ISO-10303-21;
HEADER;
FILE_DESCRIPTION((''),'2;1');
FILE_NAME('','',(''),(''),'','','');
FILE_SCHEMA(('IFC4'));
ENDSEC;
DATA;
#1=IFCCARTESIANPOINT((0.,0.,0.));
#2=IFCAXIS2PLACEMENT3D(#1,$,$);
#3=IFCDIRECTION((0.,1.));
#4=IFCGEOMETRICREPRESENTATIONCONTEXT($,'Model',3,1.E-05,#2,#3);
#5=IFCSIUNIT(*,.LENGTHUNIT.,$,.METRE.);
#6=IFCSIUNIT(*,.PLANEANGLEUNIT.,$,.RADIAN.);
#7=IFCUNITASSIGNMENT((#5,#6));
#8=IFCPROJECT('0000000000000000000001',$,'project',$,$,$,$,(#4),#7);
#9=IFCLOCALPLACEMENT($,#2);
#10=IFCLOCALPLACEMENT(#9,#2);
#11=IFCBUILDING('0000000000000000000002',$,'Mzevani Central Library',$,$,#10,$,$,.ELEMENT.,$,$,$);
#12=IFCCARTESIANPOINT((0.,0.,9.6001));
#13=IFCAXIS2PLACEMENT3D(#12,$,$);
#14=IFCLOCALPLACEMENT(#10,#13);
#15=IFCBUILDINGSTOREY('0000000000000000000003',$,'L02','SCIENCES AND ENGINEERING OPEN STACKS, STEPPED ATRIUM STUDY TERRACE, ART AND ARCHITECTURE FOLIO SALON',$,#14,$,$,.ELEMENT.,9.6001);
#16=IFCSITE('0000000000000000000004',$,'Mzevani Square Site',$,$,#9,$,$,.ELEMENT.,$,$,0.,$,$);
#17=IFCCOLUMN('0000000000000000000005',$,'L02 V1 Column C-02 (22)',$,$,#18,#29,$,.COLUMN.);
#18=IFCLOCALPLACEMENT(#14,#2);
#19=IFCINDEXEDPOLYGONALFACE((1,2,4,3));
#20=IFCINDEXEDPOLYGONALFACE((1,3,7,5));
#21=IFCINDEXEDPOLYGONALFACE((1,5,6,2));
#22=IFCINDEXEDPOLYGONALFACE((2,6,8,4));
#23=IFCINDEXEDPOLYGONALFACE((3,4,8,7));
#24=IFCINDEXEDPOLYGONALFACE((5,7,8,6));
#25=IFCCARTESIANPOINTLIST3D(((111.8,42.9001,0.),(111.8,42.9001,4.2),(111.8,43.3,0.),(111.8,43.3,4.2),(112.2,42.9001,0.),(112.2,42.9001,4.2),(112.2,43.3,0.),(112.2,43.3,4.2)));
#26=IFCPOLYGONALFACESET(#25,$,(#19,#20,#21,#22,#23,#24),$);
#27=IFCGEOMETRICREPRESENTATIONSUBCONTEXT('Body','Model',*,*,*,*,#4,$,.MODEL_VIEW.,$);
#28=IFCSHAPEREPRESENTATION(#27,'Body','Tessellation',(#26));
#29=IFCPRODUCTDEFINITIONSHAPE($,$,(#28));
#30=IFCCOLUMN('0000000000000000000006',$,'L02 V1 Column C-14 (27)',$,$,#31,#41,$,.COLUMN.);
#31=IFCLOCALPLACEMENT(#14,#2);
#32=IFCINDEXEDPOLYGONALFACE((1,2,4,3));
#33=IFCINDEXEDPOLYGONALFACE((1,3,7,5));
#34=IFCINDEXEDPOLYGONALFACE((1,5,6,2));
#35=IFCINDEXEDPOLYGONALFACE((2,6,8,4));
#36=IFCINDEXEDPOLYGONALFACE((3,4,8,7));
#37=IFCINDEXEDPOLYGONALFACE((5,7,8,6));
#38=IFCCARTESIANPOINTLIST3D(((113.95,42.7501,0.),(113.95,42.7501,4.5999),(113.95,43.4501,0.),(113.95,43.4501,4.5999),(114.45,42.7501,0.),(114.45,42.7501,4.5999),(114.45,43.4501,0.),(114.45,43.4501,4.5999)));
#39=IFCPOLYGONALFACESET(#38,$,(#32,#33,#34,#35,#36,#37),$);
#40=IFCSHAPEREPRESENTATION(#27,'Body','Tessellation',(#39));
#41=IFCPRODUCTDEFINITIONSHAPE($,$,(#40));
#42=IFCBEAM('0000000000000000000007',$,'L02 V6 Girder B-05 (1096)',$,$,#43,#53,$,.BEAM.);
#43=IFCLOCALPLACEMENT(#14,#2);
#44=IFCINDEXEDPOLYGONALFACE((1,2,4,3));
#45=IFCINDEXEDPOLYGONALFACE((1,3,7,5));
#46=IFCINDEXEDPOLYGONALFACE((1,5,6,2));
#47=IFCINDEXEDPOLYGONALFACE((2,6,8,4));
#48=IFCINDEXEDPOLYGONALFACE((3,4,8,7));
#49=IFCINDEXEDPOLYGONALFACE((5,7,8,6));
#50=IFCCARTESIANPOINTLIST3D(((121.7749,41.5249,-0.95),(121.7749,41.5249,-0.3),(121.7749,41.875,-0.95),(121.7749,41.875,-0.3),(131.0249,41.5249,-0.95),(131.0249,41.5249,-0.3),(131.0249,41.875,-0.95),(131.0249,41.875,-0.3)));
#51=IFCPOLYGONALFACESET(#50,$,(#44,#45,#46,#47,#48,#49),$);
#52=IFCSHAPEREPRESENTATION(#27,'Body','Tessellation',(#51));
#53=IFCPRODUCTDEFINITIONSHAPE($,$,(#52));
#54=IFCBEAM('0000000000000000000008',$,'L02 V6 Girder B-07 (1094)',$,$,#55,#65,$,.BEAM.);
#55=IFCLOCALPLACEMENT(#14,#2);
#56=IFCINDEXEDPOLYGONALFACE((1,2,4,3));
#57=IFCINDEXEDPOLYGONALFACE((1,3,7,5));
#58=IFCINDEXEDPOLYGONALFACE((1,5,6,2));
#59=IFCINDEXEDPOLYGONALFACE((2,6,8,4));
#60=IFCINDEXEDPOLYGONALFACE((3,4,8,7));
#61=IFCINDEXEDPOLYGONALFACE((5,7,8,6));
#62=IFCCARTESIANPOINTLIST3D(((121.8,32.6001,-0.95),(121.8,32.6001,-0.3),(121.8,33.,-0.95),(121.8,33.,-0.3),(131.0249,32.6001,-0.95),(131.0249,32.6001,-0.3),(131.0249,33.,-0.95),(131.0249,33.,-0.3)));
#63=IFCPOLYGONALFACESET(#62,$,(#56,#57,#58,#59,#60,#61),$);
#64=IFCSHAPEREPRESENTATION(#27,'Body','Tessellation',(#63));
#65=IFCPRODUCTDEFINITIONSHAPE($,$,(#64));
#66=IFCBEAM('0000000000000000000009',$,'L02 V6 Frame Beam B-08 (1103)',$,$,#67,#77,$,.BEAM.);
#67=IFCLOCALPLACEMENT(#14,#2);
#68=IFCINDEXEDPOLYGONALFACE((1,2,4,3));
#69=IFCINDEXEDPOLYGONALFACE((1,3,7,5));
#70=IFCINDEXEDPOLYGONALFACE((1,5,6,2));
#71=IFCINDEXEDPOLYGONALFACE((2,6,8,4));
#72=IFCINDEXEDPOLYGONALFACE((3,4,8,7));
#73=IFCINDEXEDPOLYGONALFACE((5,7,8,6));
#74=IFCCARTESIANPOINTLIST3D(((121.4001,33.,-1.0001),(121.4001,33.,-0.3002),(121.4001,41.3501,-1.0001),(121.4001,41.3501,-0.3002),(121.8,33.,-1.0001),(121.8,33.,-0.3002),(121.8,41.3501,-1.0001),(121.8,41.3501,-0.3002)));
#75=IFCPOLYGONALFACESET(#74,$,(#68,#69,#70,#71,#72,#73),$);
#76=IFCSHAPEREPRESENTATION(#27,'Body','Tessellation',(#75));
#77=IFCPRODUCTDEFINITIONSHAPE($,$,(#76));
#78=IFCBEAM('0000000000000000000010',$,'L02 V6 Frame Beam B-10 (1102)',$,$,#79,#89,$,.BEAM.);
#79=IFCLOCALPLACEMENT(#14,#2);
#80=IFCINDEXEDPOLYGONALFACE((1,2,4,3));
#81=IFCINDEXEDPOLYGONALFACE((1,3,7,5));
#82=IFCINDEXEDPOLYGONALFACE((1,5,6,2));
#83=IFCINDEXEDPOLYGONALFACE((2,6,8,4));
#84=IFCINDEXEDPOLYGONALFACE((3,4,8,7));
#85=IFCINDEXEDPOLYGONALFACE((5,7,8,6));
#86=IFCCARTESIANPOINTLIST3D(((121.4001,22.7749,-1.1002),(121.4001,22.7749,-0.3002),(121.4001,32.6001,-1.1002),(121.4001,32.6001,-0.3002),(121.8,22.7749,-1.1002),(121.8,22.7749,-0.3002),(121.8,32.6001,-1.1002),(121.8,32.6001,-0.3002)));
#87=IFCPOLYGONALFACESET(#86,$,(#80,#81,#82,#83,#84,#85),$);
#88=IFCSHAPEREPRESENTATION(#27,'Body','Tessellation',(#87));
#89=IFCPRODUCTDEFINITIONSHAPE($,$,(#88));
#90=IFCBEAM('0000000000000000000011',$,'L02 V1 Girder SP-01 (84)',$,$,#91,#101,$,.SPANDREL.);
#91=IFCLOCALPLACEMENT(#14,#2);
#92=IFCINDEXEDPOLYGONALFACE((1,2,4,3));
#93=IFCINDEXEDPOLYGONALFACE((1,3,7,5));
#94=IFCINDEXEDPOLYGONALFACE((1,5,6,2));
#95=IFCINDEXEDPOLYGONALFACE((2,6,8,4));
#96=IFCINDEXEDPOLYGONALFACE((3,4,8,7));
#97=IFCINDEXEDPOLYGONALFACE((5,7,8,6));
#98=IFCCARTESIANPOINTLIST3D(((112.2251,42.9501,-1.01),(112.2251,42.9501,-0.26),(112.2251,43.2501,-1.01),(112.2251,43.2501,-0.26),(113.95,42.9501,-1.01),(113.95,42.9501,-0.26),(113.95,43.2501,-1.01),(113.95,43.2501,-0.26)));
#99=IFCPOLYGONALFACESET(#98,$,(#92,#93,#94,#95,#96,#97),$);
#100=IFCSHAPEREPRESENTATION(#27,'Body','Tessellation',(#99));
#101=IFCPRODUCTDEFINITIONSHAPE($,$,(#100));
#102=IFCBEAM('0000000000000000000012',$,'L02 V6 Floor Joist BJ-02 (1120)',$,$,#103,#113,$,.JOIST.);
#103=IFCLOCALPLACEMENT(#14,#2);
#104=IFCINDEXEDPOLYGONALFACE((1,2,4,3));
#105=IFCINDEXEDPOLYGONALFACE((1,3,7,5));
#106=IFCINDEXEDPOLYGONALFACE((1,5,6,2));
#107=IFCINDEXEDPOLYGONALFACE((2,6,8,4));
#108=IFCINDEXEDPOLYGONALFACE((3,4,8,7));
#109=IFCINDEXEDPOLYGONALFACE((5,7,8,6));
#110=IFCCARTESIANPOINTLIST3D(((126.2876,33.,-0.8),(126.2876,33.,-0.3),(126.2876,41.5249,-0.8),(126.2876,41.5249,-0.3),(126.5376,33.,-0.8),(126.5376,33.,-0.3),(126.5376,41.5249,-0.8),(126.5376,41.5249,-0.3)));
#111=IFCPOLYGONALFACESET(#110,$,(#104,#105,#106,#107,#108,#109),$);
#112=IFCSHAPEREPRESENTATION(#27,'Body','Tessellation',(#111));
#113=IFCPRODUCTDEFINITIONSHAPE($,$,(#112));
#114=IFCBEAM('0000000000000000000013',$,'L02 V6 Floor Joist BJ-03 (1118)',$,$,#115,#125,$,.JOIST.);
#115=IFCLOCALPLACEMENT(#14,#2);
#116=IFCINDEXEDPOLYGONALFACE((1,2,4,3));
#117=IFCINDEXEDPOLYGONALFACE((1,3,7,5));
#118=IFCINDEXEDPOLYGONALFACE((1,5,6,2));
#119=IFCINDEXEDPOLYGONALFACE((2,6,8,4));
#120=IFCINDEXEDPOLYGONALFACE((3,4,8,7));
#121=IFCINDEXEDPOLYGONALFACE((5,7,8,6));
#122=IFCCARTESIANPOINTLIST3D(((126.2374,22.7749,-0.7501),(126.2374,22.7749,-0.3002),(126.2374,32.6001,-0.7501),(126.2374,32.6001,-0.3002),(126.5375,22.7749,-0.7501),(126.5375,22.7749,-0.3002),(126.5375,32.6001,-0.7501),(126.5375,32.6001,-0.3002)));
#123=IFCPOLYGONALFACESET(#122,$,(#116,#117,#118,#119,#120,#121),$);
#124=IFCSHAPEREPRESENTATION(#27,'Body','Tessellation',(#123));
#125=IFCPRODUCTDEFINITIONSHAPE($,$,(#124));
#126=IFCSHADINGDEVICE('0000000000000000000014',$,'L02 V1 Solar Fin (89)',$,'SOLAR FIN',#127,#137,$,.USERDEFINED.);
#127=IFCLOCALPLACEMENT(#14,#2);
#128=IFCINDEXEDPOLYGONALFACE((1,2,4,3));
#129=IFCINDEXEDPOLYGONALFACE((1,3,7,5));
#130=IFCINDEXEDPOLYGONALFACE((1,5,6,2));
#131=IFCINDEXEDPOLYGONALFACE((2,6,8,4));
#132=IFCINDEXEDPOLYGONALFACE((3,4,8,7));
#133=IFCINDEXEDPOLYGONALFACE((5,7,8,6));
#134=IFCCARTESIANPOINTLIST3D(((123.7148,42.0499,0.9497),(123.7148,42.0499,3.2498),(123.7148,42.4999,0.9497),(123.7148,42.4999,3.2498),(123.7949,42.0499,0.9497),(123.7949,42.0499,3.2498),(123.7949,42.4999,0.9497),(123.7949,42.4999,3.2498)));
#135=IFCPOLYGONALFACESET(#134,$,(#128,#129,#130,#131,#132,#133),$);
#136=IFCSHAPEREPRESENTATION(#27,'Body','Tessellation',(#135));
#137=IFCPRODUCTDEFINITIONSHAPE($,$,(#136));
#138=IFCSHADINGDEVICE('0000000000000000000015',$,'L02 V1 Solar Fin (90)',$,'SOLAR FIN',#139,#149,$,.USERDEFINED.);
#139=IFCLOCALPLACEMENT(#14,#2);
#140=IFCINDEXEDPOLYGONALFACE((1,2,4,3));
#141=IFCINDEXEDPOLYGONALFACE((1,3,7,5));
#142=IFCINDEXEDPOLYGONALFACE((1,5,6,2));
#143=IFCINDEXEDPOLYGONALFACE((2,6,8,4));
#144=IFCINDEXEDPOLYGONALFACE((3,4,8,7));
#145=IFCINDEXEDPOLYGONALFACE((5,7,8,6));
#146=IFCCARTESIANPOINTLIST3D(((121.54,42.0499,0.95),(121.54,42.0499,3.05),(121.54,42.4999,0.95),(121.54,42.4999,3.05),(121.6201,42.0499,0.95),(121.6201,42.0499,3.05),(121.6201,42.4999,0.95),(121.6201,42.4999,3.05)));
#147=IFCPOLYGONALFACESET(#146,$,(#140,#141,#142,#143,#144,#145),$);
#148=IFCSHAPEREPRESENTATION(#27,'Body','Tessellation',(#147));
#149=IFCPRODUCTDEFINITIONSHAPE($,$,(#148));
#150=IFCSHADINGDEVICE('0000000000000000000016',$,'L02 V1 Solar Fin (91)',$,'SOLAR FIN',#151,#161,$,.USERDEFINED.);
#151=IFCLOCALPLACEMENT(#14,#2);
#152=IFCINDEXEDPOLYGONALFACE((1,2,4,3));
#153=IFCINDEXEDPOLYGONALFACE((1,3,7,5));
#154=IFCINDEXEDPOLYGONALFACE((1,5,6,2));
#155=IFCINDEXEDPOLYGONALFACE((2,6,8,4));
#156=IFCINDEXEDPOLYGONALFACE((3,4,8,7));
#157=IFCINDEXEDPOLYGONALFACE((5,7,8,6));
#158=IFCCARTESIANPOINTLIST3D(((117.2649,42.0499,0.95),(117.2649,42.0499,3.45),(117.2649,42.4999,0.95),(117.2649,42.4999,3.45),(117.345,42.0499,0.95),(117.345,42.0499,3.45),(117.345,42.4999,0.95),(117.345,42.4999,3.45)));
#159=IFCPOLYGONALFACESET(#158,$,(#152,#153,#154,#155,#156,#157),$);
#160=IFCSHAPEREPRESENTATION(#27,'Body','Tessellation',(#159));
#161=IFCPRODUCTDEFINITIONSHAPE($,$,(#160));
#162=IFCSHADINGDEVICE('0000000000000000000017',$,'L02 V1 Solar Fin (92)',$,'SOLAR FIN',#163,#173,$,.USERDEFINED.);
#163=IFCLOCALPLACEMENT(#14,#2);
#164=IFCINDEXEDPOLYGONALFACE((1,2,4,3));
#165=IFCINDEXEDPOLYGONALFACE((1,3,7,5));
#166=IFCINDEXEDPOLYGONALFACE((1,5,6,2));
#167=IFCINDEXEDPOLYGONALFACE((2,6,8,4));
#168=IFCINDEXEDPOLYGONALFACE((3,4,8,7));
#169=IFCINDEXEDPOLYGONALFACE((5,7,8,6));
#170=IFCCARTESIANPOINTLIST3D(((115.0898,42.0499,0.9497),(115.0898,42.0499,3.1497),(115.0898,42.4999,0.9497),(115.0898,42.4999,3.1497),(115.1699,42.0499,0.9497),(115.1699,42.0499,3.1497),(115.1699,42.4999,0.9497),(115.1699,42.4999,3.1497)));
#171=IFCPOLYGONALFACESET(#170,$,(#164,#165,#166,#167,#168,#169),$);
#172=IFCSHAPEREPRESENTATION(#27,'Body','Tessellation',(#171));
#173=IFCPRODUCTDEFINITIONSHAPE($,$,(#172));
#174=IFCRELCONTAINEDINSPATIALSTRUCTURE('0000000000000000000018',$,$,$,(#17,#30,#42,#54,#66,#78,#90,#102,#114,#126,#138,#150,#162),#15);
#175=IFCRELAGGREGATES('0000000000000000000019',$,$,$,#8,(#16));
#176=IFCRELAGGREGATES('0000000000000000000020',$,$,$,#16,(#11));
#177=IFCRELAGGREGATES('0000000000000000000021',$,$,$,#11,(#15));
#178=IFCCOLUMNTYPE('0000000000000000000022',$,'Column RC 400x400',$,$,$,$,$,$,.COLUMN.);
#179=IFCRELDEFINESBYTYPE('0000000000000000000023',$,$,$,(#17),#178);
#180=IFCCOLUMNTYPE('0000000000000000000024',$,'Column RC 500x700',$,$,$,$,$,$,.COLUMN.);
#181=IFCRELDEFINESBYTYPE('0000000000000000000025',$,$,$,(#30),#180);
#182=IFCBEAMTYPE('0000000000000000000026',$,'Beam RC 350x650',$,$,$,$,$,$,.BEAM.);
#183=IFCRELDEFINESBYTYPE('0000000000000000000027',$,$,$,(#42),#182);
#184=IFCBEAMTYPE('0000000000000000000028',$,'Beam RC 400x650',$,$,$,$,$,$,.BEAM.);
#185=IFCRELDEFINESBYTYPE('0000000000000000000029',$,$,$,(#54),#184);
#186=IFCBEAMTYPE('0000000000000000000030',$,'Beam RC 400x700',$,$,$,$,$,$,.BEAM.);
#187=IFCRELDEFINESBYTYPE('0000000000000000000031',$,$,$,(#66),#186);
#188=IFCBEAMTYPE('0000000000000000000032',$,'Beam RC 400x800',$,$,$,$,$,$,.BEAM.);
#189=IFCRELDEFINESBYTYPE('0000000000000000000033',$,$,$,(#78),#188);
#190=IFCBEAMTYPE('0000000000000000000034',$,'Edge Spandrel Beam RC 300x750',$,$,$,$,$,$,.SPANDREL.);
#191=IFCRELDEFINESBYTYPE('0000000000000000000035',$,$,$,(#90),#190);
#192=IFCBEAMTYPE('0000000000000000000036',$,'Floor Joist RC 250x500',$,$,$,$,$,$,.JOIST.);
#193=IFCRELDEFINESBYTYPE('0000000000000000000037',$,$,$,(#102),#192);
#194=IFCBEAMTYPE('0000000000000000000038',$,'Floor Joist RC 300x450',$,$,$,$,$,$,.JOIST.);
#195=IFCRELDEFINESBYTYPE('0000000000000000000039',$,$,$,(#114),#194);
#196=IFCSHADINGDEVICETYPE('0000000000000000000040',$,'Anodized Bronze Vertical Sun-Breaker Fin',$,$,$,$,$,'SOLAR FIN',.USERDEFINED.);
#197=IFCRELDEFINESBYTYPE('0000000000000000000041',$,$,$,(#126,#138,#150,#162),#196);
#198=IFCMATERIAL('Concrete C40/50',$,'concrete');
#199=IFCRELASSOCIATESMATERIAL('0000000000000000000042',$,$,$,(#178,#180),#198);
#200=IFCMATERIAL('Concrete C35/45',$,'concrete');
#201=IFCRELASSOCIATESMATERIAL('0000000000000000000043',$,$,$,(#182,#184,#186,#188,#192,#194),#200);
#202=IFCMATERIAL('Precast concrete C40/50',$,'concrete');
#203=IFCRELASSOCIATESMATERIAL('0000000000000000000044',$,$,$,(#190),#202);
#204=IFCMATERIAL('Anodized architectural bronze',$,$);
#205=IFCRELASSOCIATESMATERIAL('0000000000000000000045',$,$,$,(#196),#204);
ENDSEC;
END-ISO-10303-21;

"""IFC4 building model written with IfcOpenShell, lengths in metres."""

from ifc_helpers import new_model, si_unit, direction, frame, origin, origin_2d, place, context, subcontext, project, spatial, rectangle, extrude, material, material_profile, profile_set, type_object, element, save


model = new_model("IFC4")

# Units and contexts
model_context = context("Model", 3, precision=1e-05, world=origin(), true_north=direction((0.0, 1.0)))
body_context = subcontext(model_context, "Body", "Model", "MODEL_VIEW")
ifc_project = project(units=[si_unit("LENGTHUNIT", "METRE"), si_unit("PLANEANGLEUNIT", "RADIAN")], contexts=[model_context])

# Site, building, storey
site_placement = place(None, origin())
site = spatial("IfcSite", under=ifc_project, at=site_placement, Name="Mzevani Square Site", CompositionType="ELEMENT", RefElevation=0.0)
building_placement = place(site_placement, origin())
building = spatial("IfcBuilding", under=site, at=building_placement, Name="Mzevani Central Library", CompositionType="ELEMENT")
storey_placement = place(building_placement, frame((0.0, 0.0, 9.6001)))
storey = spatial("IfcBuildingStorey", under=building, at=storey_placement, Name="L02", Description="SCIENCES AND ENGINEERING OPEN STACKS, STEPPED ATRIUM STUDY TERRACE, ART AND ARCHITECTURE FOLIO SALON", CompositionType="ELEMENT", Elevation=9.6001)

# Columns
ifc_material_1 = material(Name="Concrete C40/50", Category="concrete")
ifc_material_profile_1 = material_profile(ifc_material_1, rectangle(XDim=0.3999, YDim=0.3999, at=origin_2d()), Name="RC 400x400")
ifc_profile_set_1 = profile_set([ifc_material_profile_1], Name="Concrete C40/50")
column_type_1 = type_object("IfcColumnType", Name="Column RC 400x400", PredefinedType="COLUMN", material=ifc_profile_set_1)
column_1_placement = place(storey_placement, frame((112.0, 43.1001, 0.0), z_axis=(0.0, 0.0, 1.0), x_axis=(1.0, 0.0, 0.0)))
element("IfcColumn", 1, at=column_1_placement, inside=storey, type_object=column_type_1, Name="L02 V1 Column C-02 (22)", PredefinedType="COLUMN", context=body_context, shape_type="SweptSolid", body=[
    extrude(rectangle(XDim=0.3999, YDim=0.3999, at=origin_2d()), origin(), (0.0, 0.0, 1.0), 4.2),
])
ifc_material_profile_2 = material_profile(ifc_material_1, rectangle(XDim=0.5, YDim=0.7, at=origin_2d()), Name="RC 500x700")
ifc_profile_set_2 = profile_set([ifc_material_profile_2], Name="Concrete C40/50")
column_type_2 = type_object("IfcColumnType", Name="Column RC 500x700", PredefinedType="COLUMN", material=ifc_profile_set_2)
column_2_placement = place(storey_placement, frame((114.2, 43.1001, 0.0), z_axis=(0.0, 0.0, 1.0), x_axis=(1.0, 0.0, 0.0)))
element("IfcColumn", 2, at=column_2_placement, inside=storey, type_object=column_type_2, Name="L02 V1 Column C-14 (27)", PredefinedType="COLUMN", context=body_context, shape_type="SweptSolid", body=[
    extrude(rectangle(XDim=0.5, YDim=0.7, at=origin_2d()), origin(), (0.0, 0.0, 1.0), 4.5999),
])

# Beams
ifc_material_2 = material(Name="Concrete C35/45", Category="concrete")
ifc_material_profile_3 = material_profile(ifc_material_2, rectangle(XDim=0.3501, YDim=0.6499, at=origin_2d()), Name="RC B350x650")
ifc_profile_set_3 = profile_set([ifc_material_profile_3], Name="Concrete C35/45")
beam_type_1 = type_object("IfcBeamType", Name="Beam RC 350x650", PredefinedType="BEAM", material=ifc_profile_set_3)
beam_1_placement = place(storey_placement, frame((121.7749, 41.7, -0.625), z_axis=(1.0, 0.0, 0.0), x_axis=(0.0, 1.0, 0.0)))
element("IfcBeam", 3, at=beam_1_placement, inside=storey, type_object=beam_type_1, Name="L02 V6 Girder B-05 (1096)", PredefinedType="BEAM", context=body_context, shape_type="SweptSolid", body=[
    extrude(rectangle(XDim=0.3501, YDim=0.6499, at=origin_2d()), origin(), (0.0, 0.0, 1.0), 9.25),
])
ifc_material_profile_4 = material_profile(ifc_material_2, rectangle(XDim=0.3999, YDim=0.6499, at=origin_2d()), Name="RC B400x650")
ifc_profile_set_4 = profile_set([ifc_material_profile_4], Name="Concrete C35/45")
beam_type_2 = type_object("IfcBeamType", Name="Beam RC 400x650", PredefinedType="BEAM", material=ifc_profile_set_4)
beam_2_placement = place(storey_placement, frame((121.8, 32.8, -0.625), z_axis=(1.0, 0.0, 0.0), x_axis=(0.0, 1.0, 0.0)))
element("IfcBeam", 4, at=beam_2_placement, inside=storey, type_object=beam_type_2, Name="L02 V6 Girder B-07 (1094)", PredefinedType="BEAM", context=body_context, shape_type="SweptSolid", body=[
    extrude(rectangle(XDim=0.3999, YDim=0.6499, at=origin_2d()), origin(), (0.0, 0.0, 1.0), 9.2249),
])
ifc_material_profile_5 = material_profile(ifc_material_2, rectangle(XDim=0.3999, YDim=0.7, at=origin_2d()), Name="RC B400x700")
ifc_profile_set_5 = profile_set([ifc_material_profile_5], Name="Concrete C35/45")
beam_type_3 = type_object("IfcBeamType", Name="Beam RC 400x700", PredefinedType="BEAM", material=ifc_profile_set_5)
beam_3_placement = place(storey_placement, frame((121.6001, 33.0, -0.6501), z_axis=(0.0, 1.0, 0.0), x_axis=(-1.0, 0.0, 0.0)))
element("IfcBeam", 5, at=beam_3_placement, inside=storey, type_object=beam_type_3, Name="L02 V6 Frame Beam B-08 (1103)", PredefinedType="BEAM", context=body_context, shape_type="SweptSolid", body=[
    extrude(rectangle(XDim=0.3999, YDim=0.7, at=origin_2d()), origin(), (0.0, 0.0, 1.0), 8.3501),
])
ifc_material_profile_6 = material_profile(ifc_material_2, rectangle(XDim=0.3999, YDim=0.8, at=origin_2d()), Name="RC B400x800")
ifc_profile_set_6 = profile_set([ifc_material_profile_6], Name="Concrete C35/45")
beam_type_4 = type_object("IfcBeamType", Name="Beam RC 400x800", PredefinedType="BEAM", material=ifc_profile_set_6)
beam_4_placement = place(storey_placement, frame((121.6001, 22.7749, -0.7002), z_axis=(0.0, 1.0, 0.0), x_axis=(-1.0, 0.0, 0.0)))
element("IfcBeam", 6, at=beam_4_placement, inside=storey, type_object=beam_type_4, Name="L02 V6 Frame Beam B-10 (1102)", PredefinedType="BEAM", context=body_context, shape_type="SweptSolid", body=[
    extrude(rectangle(XDim=0.3999, YDim=0.8, at=origin_2d()), origin(), (0.0, 0.0, 1.0), 9.8252),
])
ifc_material_3 = material(Name="Precast concrete C40/50", Category="concrete")
ifc_material_profile_7 = material_profile(ifc_material_3, rectangle(XDim=0.3, YDim=0.75, at=origin_2d()), Name="RC SP300x750")
ifc_profile_set_7 = profile_set([ifc_material_profile_7], Name="Precast concrete C40/50")
beam_type_5 = type_object("IfcBeamType", Name="Edge Spandrel Beam RC 300x750", PredefinedType="SPANDREL", material=ifc_profile_set_7)
beam_5_placement = place(storey_placement, frame((112.2251, 43.1001, -0.635), z_axis=(1.0, 0.0, 0.0), x_axis=(0.0, 1.0, 0.0)))
element("IfcBeam", 7, at=beam_5_placement, inside=storey, type_object=beam_type_5, Name="L02 V1 Girder SP-01 (84)", PredefinedType="SPANDREL", context=body_context, shape_type="SweptSolid", body=[
    extrude(rectangle(XDim=0.3, YDim=0.75, at=origin_2d()), origin(), (0.0, 0.0, 1.0), 1.7249),
])
ifc_material_profile_8 = material_profile(ifc_material_2, rectangle(XDim=0.25, YDim=0.5, at=origin_2d()), Name="RC J250x500")
ifc_profile_set_8 = profile_set([ifc_material_profile_8], Name="Concrete C35/45")
beam_type_6 = type_object("IfcBeamType", Name="Floor Joist RC 250x500", PredefinedType="JOIST", material=ifc_profile_set_8)
beam_6_placement = place(storey_placement, frame((126.4126, 33.0, -0.55), z_axis=(0.0, 1.0, 0.0), x_axis=(-1.0, 0.0, 0.0)))
element("IfcBeam", 8, at=beam_6_placement, inside=storey, type_object=beam_type_6, Name="L02 V6 Floor Joist BJ-02 (1120)", PredefinedType="JOIST", context=body_context, shape_type="SweptSolid", body=[
    extrude(rectangle(XDim=0.25, YDim=0.5, at=origin_2d()), origin(), (0.0, 0.0, 1.0), 8.5249),
])
ifc_material_profile_9 = material_profile(ifc_material_2, rectangle(XDim=0.3, YDim=0.45, at=origin_2d()), Name="RC J300x450")
ifc_profile_set_9 = profile_set([ifc_material_profile_9], Name="Concrete C35/45")
beam_type_7 = type_object("IfcBeamType", Name="Floor Joist RC 300x450", PredefinedType="JOIST", material=ifc_profile_set_9)
beam_7_placement = place(storey_placement, frame((126.3875, 22.7749, -0.5251), z_axis=(0.0, 1.0, 0.0), x_axis=(-1.0, 0.0, 0.0)))
element("IfcBeam", 9, at=beam_7_placement, inside=storey, type_object=beam_type_7, Name="L02 V6 Floor Joist BJ-03 (1118)", PredefinedType="JOIST", context=body_context, shape_type="SweptSolid", body=[
    extrude(rectangle(XDim=0.3, YDim=0.45, at=origin_2d()), origin(), (0.0, 0.0, 1.0), 9.8252),
])

# Shading devices
ifc_material_4 = material(Name="Anodized architectural bronze")
shading_device_type = type_object("IfcShadingDeviceType", Name="Anodized Bronze Vertical Sun-Breaker Fin", ElementType="SOLAR FIN", PredefinedType="USERDEFINED", material=ifc_material_4)
shading_device_1_placement = place(storey_placement, frame((123.7549, 42.2749, 0.9497), z_axis=(0.0, 0.0, 1.0), x_axis=(-1.0, 0.0, 0.0)))
element("IfcShadingDevice", 10, at=shading_device_1_placement, inside=storey, type_object=shading_device_type, Name="L02 V1 Solar Fin (89)", ObjectType="SOLAR FIN", PredefinedType="USERDEFINED", context=body_context, shape_type="SweptSolid", body=[
    extrude(rectangle(XDim=0.0801, YDim=0.45, at=origin_2d()), origin(), (0.0, 0.0, 1.0), 2.3),
])
shading_device_2_placement = place(storey_placement, frame((121.5801, 42.2749, 0.95), z_axis=(0.0, 0.0, 1.0), x_axis=(-1.0, 0.0, 0.0)))
element("IfcShadingDevice", 11, at=shading_device_2_placement, inside=storey, type_object=shading_device_type, Name="L02 V1 Solar Fin (90)", ObjectType="SOLAR FIN", PredefinedType="USERDEFINED", context=body_context, shape_type="SweptSolid", body=[
    extrude(rectangle(XDim=0.0801, YDim=0.45, at=origin_2d()), origin(), (0.0, 0.0, 1.0), 2.1001),
])
shading_device_3_placement = place(storey_placement, frame((117.3049, 42.2749, 0.95), z_axis=(0.0, 0.0, 1.0), x_axis=(-1.0, 0.0, 0.0)))
element("IfcShadingDevice", 12, at=shading_device_3_placement, inside=storey, type_object=shading_device_type, Name="L02 V1 Solar Fin (91)", ObjectType="SOLAR FIN", PredefinedType="USERDEFINED", context=body_context, shape_type="SweptSolid", body=[
    extrude(rectangle(XDim=0.0801, YDim=0.45, at=origin_2d()), origin(), (0.0, 0.0, 1.0), 2.5),
])
shading_device_4_placement = place(storey_placement, frame((115.1299, 42.2749, 0.9497), z_axis=(0.0, 0.0, 1.0), x_axis=(-1.0, 0.0, 0.0)))
element("IfcShadingDevice", 13, at=shading_device_4_placement, inside=storey, type_object=shading_device_type, Name="L02 V1 Solar Fin (92)", ObjectType="SOLAR FIN", PredefinedType="USERDEFINED", context=body_context, shape_type="SweptSolid", body=[
    extrude(rectangle(XDim=0.0801, YDim=0.45, at=origin_2d()), origin(), (0.0, 0.0, 1.0), 2.2),
])

save(model, "model.ifc")
